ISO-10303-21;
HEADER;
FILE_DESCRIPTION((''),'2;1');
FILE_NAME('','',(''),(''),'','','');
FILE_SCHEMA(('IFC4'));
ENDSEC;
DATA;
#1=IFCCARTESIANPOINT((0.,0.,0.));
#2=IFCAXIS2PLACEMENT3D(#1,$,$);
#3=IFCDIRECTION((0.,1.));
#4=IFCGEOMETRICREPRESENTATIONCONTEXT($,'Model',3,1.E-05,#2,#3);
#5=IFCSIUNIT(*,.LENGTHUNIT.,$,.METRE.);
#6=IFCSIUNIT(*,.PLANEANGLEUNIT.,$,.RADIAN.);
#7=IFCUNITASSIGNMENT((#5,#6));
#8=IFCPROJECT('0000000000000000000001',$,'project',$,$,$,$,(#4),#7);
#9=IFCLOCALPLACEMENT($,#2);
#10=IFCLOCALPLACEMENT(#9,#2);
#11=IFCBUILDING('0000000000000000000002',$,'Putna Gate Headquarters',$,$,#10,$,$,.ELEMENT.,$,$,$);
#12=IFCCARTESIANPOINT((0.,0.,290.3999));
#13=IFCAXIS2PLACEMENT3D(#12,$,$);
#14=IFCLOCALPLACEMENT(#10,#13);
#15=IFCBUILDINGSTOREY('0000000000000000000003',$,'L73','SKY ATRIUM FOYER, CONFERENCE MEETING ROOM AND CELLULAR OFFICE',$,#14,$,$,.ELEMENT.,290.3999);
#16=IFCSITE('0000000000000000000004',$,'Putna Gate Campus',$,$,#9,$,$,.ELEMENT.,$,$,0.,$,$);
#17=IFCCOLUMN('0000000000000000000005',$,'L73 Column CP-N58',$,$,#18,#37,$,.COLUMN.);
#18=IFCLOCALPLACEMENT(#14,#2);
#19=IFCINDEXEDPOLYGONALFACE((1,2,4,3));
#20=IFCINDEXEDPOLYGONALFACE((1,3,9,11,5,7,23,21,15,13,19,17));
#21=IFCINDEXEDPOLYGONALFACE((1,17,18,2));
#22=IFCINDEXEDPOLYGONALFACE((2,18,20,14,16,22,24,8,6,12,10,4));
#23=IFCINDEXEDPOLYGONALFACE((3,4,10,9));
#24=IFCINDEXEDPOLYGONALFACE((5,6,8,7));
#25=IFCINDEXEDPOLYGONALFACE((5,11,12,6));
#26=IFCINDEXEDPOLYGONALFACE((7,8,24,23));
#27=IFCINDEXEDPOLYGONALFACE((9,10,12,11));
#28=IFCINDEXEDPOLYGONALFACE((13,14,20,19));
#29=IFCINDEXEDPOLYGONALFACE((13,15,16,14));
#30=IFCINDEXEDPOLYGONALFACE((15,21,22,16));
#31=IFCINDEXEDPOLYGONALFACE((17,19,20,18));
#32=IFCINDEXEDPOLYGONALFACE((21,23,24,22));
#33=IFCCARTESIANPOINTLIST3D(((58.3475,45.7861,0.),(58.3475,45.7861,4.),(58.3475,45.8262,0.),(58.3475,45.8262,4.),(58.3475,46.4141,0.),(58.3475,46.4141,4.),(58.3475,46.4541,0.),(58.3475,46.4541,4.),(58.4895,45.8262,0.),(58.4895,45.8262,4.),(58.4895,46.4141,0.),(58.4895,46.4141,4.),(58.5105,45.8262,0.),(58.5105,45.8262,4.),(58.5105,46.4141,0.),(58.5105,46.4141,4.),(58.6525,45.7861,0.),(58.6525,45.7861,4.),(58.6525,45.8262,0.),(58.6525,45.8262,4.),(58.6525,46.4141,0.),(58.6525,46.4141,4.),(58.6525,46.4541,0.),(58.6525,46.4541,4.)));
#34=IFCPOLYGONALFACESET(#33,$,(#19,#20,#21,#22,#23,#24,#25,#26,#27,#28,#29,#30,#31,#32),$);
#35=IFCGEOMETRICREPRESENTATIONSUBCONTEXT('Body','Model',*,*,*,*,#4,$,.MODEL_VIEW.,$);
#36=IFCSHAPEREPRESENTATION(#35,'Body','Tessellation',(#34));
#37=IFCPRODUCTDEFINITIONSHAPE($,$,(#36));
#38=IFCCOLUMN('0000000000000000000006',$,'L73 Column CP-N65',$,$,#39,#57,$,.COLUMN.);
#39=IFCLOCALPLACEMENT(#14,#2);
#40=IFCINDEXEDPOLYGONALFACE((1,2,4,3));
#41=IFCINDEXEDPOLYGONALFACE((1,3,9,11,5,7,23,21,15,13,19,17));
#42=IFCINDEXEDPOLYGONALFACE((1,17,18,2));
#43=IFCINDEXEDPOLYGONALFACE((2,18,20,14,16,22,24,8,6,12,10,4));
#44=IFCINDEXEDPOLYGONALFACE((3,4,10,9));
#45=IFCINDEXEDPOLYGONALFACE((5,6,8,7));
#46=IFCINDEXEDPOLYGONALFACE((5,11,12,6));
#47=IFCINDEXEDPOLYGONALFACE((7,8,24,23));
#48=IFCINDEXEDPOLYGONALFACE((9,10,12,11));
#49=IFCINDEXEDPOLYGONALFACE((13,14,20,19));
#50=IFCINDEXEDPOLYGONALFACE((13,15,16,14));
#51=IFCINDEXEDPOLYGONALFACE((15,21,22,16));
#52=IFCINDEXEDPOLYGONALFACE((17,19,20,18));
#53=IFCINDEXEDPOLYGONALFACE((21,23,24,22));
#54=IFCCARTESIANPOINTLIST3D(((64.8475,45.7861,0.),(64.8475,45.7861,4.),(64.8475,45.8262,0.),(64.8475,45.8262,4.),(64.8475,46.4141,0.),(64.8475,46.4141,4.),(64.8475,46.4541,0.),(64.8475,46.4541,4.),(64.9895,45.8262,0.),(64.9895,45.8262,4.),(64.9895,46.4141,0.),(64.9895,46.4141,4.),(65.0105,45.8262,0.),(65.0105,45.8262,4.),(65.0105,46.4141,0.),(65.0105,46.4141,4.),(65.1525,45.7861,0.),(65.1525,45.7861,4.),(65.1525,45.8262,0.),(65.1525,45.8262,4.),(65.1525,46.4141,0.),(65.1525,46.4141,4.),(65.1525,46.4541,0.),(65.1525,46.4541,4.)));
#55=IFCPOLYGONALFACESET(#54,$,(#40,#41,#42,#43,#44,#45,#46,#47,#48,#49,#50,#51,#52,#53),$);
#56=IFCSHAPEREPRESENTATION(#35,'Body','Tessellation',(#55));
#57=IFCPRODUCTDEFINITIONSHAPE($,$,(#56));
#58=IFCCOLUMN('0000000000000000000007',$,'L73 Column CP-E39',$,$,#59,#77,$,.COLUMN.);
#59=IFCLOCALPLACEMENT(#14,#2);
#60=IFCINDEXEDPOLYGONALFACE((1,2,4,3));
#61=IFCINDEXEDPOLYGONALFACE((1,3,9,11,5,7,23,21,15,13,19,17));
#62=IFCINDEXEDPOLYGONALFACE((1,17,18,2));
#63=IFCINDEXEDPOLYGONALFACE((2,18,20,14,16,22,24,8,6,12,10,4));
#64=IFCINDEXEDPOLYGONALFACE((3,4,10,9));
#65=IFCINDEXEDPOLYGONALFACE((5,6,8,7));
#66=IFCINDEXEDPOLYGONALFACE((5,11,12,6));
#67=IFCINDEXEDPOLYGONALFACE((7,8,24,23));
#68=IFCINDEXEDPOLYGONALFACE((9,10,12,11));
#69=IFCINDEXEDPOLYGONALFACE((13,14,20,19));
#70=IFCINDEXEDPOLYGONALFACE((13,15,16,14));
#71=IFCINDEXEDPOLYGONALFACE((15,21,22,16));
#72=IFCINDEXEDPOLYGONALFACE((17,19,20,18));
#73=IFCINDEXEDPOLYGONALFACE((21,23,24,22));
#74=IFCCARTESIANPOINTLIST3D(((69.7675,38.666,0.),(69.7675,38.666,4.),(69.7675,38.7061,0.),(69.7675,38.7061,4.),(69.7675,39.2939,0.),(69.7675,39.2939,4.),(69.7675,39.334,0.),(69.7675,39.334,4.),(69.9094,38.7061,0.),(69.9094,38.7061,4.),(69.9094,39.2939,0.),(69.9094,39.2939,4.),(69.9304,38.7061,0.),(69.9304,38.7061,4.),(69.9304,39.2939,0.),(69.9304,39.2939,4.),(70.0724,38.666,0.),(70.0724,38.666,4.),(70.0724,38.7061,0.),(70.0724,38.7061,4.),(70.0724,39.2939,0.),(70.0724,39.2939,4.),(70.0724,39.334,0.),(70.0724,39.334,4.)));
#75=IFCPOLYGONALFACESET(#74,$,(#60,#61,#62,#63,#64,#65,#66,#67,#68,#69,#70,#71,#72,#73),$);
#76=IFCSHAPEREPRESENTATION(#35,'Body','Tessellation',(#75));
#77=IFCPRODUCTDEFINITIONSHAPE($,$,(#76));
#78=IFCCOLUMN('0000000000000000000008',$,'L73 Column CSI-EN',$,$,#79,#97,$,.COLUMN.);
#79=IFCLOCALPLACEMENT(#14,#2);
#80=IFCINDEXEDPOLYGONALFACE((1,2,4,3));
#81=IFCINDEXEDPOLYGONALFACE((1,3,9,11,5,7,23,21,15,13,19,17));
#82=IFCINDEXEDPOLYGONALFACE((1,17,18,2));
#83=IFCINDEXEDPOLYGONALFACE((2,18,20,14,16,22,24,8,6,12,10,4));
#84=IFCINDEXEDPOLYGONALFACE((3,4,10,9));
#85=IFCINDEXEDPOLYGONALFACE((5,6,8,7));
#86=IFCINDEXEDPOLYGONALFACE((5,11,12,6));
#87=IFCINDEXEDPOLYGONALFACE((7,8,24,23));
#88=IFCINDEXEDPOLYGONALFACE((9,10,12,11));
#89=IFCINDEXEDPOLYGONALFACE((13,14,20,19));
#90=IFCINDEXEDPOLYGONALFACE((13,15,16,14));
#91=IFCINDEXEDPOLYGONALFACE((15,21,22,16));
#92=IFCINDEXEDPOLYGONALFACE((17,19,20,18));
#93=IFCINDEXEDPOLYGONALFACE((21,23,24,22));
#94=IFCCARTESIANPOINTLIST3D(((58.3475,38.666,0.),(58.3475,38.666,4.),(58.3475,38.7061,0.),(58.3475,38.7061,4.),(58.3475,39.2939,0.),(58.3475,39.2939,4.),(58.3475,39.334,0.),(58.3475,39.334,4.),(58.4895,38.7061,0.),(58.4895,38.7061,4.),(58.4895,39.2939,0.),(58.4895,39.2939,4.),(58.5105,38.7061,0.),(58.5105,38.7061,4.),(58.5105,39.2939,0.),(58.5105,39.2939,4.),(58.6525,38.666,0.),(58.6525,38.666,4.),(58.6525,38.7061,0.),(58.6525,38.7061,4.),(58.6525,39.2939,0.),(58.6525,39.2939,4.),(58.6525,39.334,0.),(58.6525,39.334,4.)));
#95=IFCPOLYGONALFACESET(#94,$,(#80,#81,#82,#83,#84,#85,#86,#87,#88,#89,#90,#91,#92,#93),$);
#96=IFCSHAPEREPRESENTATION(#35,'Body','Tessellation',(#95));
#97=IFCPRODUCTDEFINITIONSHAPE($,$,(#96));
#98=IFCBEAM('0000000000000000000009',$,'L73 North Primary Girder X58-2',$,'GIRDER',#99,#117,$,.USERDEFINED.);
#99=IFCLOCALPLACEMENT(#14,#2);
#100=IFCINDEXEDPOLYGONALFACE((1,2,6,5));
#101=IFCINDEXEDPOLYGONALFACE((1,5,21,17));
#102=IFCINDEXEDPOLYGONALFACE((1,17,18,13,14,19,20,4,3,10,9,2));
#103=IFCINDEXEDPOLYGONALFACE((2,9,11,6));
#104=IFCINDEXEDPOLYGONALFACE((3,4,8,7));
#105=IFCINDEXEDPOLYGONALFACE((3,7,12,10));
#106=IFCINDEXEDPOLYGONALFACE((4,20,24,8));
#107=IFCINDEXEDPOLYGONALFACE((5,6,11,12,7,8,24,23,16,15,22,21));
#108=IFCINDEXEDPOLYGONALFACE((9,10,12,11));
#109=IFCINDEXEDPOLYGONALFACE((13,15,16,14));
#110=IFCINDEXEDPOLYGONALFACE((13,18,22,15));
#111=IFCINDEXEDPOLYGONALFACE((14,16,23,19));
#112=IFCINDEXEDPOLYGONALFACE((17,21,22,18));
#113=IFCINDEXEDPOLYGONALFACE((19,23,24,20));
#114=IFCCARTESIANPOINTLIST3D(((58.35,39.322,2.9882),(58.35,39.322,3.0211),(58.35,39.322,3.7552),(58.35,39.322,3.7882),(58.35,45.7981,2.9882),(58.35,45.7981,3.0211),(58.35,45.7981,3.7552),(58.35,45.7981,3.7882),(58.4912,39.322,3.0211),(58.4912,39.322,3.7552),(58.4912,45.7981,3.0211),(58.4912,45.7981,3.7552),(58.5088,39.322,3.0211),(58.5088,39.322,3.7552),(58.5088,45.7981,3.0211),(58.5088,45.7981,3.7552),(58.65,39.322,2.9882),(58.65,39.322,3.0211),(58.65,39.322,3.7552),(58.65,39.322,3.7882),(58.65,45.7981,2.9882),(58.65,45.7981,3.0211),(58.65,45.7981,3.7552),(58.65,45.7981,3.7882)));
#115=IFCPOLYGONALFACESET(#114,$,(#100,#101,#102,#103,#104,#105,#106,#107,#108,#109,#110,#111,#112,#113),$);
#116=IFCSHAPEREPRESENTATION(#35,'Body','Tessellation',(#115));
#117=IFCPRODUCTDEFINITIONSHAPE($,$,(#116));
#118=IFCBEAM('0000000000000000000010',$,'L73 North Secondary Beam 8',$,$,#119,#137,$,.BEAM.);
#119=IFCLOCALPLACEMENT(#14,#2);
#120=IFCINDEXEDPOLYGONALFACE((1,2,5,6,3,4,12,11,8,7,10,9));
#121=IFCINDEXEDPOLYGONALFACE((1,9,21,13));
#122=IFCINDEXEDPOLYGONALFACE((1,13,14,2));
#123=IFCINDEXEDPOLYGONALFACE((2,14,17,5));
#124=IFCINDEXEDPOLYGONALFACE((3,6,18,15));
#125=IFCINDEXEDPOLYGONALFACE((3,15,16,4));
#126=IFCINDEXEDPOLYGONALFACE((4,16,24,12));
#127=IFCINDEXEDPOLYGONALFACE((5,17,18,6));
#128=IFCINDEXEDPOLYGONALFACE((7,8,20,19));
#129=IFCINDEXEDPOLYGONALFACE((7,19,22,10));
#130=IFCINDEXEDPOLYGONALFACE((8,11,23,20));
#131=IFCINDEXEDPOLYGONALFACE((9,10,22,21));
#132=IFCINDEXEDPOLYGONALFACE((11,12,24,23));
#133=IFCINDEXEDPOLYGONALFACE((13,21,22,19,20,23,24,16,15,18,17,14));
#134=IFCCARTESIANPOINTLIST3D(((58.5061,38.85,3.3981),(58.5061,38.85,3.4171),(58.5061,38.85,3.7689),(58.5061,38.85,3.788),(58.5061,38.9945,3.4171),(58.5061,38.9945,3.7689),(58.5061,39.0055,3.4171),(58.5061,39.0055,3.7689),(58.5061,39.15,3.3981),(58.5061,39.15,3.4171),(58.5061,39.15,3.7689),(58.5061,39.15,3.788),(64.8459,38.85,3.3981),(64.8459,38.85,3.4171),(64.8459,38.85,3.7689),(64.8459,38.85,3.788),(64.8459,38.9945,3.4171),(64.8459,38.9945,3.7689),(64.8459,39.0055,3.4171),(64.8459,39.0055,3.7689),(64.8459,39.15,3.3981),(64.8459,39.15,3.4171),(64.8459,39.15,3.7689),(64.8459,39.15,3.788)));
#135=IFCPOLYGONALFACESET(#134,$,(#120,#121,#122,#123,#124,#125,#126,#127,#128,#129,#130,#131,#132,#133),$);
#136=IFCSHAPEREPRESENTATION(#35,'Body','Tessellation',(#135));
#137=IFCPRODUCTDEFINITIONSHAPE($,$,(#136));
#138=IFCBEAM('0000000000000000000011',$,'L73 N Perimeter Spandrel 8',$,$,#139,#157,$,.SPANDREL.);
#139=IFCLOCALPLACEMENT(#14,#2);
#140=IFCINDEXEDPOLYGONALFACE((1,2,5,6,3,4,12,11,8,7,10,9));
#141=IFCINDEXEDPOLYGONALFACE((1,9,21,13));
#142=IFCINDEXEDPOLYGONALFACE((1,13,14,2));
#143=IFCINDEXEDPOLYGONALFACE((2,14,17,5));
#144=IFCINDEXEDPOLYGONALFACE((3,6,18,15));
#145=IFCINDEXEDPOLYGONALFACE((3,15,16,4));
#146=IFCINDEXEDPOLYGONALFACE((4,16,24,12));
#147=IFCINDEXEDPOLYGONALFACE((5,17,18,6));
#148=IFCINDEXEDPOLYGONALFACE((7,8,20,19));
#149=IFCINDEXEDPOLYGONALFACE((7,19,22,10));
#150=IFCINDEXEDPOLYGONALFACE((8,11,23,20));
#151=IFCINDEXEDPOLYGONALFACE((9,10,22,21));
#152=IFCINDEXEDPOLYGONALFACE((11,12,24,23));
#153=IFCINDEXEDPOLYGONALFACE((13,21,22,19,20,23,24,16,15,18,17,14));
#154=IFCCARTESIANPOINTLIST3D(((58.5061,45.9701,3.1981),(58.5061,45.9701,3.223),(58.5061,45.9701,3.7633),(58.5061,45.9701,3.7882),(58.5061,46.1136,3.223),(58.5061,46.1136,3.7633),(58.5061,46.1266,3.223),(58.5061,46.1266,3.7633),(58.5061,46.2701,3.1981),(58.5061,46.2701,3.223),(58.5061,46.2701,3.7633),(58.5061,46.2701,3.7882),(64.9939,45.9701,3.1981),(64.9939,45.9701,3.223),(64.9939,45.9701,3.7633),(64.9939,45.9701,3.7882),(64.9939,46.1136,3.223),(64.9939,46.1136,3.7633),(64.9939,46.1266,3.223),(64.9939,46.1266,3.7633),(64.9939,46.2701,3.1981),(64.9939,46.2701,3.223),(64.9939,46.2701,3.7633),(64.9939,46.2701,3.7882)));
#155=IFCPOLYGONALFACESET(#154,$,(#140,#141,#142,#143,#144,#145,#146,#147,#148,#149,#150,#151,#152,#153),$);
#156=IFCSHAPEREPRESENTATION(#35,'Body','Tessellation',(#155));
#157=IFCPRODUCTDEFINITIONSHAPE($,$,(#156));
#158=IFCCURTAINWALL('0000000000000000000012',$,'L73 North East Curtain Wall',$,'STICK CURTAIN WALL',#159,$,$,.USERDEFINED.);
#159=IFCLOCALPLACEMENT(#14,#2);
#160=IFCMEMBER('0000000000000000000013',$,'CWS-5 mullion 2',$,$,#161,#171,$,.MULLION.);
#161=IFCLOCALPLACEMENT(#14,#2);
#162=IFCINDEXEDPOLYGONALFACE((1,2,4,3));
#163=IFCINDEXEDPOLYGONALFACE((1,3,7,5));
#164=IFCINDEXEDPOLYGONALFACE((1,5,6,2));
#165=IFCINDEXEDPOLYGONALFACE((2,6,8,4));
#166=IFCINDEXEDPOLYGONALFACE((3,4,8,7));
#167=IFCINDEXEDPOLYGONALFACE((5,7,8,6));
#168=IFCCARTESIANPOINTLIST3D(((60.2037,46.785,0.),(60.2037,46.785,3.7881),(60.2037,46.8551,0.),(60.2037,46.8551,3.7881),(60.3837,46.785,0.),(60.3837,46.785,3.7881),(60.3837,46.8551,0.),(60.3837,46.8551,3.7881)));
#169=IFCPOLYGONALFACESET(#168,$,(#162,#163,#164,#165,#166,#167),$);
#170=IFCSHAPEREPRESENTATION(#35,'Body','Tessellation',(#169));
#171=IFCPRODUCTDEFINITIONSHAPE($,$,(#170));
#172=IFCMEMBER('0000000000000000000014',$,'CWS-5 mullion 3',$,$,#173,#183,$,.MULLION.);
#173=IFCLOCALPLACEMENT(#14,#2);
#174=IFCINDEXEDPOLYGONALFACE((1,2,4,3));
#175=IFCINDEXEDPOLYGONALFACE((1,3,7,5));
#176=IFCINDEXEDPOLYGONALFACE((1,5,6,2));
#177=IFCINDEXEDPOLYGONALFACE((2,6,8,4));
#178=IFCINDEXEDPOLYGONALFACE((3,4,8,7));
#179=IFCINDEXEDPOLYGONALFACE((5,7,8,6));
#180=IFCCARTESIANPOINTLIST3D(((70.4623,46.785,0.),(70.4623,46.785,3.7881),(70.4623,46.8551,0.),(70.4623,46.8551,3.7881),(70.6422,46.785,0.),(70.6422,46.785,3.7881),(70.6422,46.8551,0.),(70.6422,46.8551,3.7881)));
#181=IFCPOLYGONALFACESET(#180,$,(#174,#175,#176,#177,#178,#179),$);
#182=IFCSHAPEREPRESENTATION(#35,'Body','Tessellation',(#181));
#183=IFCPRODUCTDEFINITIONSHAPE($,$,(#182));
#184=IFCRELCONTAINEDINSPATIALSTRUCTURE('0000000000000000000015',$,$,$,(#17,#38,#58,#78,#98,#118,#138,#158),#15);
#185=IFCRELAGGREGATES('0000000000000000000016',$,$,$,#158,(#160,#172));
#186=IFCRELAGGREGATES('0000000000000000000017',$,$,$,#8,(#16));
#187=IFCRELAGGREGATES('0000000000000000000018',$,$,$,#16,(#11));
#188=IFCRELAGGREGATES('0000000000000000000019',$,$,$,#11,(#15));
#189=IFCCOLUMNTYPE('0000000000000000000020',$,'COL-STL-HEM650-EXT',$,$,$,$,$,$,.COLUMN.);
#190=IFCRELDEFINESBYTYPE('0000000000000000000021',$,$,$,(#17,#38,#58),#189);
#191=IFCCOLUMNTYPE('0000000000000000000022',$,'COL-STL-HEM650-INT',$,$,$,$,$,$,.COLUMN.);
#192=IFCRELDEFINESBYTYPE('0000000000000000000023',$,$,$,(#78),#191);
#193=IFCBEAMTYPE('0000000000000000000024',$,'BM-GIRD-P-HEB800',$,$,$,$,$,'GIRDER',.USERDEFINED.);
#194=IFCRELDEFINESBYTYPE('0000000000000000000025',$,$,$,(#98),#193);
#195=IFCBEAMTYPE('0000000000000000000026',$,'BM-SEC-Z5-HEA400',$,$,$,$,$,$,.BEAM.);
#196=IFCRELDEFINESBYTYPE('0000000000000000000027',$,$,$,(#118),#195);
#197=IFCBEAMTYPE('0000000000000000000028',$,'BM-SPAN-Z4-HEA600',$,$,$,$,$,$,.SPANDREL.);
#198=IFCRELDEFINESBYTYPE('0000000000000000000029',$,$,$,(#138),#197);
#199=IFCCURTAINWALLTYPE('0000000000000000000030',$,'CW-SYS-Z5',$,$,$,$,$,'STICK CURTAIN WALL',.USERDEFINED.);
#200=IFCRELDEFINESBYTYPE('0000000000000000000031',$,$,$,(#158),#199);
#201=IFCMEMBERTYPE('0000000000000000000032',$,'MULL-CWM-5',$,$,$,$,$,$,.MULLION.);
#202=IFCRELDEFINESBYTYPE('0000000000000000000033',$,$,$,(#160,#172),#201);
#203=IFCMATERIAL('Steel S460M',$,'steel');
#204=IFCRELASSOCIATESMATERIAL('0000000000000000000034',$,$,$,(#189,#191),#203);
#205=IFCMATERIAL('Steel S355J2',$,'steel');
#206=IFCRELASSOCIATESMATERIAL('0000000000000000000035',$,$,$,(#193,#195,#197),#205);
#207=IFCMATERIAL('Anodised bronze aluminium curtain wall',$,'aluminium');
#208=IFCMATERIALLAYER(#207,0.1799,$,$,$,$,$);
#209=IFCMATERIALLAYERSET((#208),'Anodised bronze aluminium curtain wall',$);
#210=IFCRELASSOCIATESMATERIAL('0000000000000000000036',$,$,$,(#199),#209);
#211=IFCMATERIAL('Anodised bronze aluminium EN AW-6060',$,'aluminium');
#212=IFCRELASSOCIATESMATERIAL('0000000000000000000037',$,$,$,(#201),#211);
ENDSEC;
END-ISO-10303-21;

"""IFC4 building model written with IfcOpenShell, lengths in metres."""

from ifc_helpers import new_model, si_unit, direction, frame, origin, origin_2d, place, context, subcontext, project, spatial, rectangle, i_section, extrude, material, layer, layer_set, material_profile, profile_set, type_object, element, aggregate, save


model = new_model("IFC4")

# Units and contexts
model_context = context("Model", 3, precision=1e-05, world=origin(), true_north=direction((0.0, 1.0)))
body_context = subcontext(model_context, "Body", "Model", "MODEL_VIEW")
ifc_project = project(units=[si_unit("LENGTHUNIT", "METRE"), si_unit("PLANEANGLEUNIT", "RADIAN")], contexts=[model_context])

# Site, building, storey
site_placement = place(None, origin())
site = spatial("IfcSite", under=ifc_project, at=site_placement, Name="Putna Gate Campus", CompositionType="ELEMENT", RefElevation=0.0)
building_placement = place(site_placement, origin())
building = spatial("IfcBuilding", under=site, at=building_placement, Name="Putna Gate Headquarters", CompositionType="ELEMENT")
storey_placement = place(building_placement, frame((0.0, 0.0, 290.3999)))
storey = spatial("IfcBuildingStorey", under=building, at=storey_placement, Name="L73", Description="SKY ATRIUM FOYER, CONFERENCE MEETING ROOM AND CELLULAR OFFICE", CompositionType="ELEMENT", Elevation=290.3999)

# Columns
ifc_material_1 = material(Name="Steel S460M", Category="steel")
ifc_material_profile_1 = material_profile(ifc_material_1, i_section(OverallWidth=0.3049, OverallDepth=0.668, WebThickness=0.021, FlangeThickness=0.04, at=origin_2d()), Name="Steel S460M")
ifc_profile_set_1 = profile_set([ifc_material_profile_1], Name="Steel S460M")
column_type_1 = type_object("IfcColumnType", Name="COL-STL-HEM650-EXT", PredefinedType="COLUMN", material=ifc_profile_set_1)
for number, where, z_axis, x_axis, name in (
    (1, (58.5, 46.1201, 0.0), (0.0, 0.0, 1.0), (1.0, 0.0, 0.0), "L73 Column CP-N58"),
    (2, (65.0, 46.1201, 0.0), (0.0, 0.0, 1.0), (1.0, 0.0, 0.0), "L73 Column CP-N65"),
    (3, (69.9199, 39.0, 0.0), (0.0, 0.0, 1.0), (1.0, 0.0, 0.0), "L73 Column CP-E39"),
):
    element("IfcColumn", number, at=place(storey_placement, frame(where, z_axis=z_axis, x_axis=x_axis)), inside=storey, type_object=column_type_1, Name=name, PredefinedType="COLUMN", context=body_context, shape_type="SweptSolid", body=[
        extrude(i_section(OverallWidth=0.3049, OverallDepth=0.668, WebThickness=0.021, FlangeThickness=0.04, at=origin_2d()), origin(), (0.0, 0.0, 1.0), 4.0),
    ])
ifc_material_profile_2 = material_profile(ifc_material_1, i_section(OverallWidth=0.3049, OverallDepth=0.668, WebThickness=0.021, FlangeThickness=0.04, at=origin_2d()), Name="Steel S460M")
ifc_profile_set_2 = profile_set([ifc_material_profile_2], Name="Steel S460M")
column_type_2 = type_object("IfcColumnType", Name="COL-STL-HEM650-INT", PredefinedType="COLUMN", material=ifc_profile_set_2)
column_placement = place(storey_placement, frame((58.5, 39.0, 0.0), z_axis=(0.0, 0.0, 1.0), x_axis=(1.0, 0.0, 0.0)))
element("IfcColumn", 4, at=column_placement, inside=storey, type_object=column_type_2, Name="L73 Column CSI-EN", PredefinedType="COLUMN", context=body_context, shape_type="SweptSolid", body=[
    extrude(i_section(OverallWidth=0.3049, OverallDepth=0.668, WebThickness=0.021, FlangeThickness=0.04, at=origin_2d()), origin(), (0.0, 0.0, 1.0), 4.0),
])

# Beams
ifc_material_2 = material(Name="Steel S355J2", Category="steel")
ifc_material_profile_3 = material_profile(ifc_material_2, i_section(OverallWidth=0.3, OverallDepth=0.8, WebThickness=0.0176, FlangeThickness=0.033, at=origin_2d()), Name="Steel S355J2")
ifc_profile_set_3 = profile_set([ifc_material_profile_3], Name="Steel S355J2")
beam_type_1 = type_object("IfcBeamType", Name="BM-GIRD-P-HEB800", ElementType="GIRDER", PredefinedType="USERDEFINED", material=ifc_profile_set_3)
beam_1_placement = place(storey_placement, frame((58.5, 39.322, 3.3882), z_axis=(0.0, 1.0, 0.0), x_axis=(-1.0, 0.0, 0.0)))
element("IfcBeam", 5, at=beam_1_placement, inside=storey, type_object=beam_type_1, Name="L73 North Primary Girder X58-2", ObjectType="GIRDER", PredefinedType="USERDEFINED", context=body_context, shape_type="SweptSolid", body=[
    extrude(i_section(OverallWidth=0.3, OverallDepth=0.8, WebThickness=0.0176, FlangeThickness=0.033, at=origin_2d()), origin(), (0.0, 0.0, 1.0), 6.4761),
])
ifc_material_profile_4 = material_profile(ifc_material_2, i_section(OverallWidth=0.3, OverallDepth=0.3899, WebThickness=0.011, FlangeThickness=0.019, at=origin_2d()), Name="Steel S355J2")
ifc_profile_set_4 = profile_set([ifc_material_profile_4], Name="Steel S355J2")
beam_type_2 = type_object("IfcBeamType", Name="BM-SEC-Z5-HEA400", PredefinedType="BEAM", material=ifc_profile_set_4)
beam_2_placement = place(storey_placement, frame((58.5061, 39.0, 3.593), z_axis=(1.0, 0.0, 0.0), x_axis=(0.0, 1.0, 0.0)))
element("IfcBeam", 6, at=beam_2_placement, inside=storey, type_object=beam_type_2, Name="L73 North Secondary Beam 8", PredefinedType="BEAM", context=body_context, shape_type="SweptSolid", body=[
    extrude(i_section(OverallWidth=0.3, OverallDepth=0.3899, WebThickness=0.011, FlangeThickness=0.019, at=origin_2d()), origin(), (0.0, 0.0, 1.0), 6.3398),
])
ifc_material_profile_5 = material_profile(ifc_material_2, i_section(OverallWidth=0.3, OverallDepth=0.5901, WebThickness=0.0129, FlangeThickness=0.0249, at=origin_2d()), Name="Steel S355J2")
ifc_profile_set_5 = profile_set([ifc_material_profile_5], Name="Steel S355J2")
beam_type_3 = type_object("IfcBeamType", Name="BM-SPAN-Z4-HEA600", PredefinedType="SPANDREL", material=ifc_profile_set_5)
beam_3_placement = place(storey_placement, frame((58.5061, 46.1201, 3.4932), z_axis=(1.0, 0.0, 0.0), x_axis=(0.0, 1.0, 0.0)))
element("IfcBeam", 7, at=beam_3_placement, inside=storey, type_object=beam_type_3, Name="L73 N Perimeter Spandrel 8", PredefinedType="SPANDREL", context=body_context, shape_type="SweptSolid", body=[
    extrude(i_section(OverallWidth=0.3, OverallDepth=0.5901, WebThickness=0.0129, FlangeThickness=0.0249, at=origin_2d()), origin(), (0.0, 0.0, 1.0), 6.4878),
])

# Curtain wall, members
ifc_material_3 = material(Name="Anodised bronze aluminium curtain wall", Category="aluminium")
ifc_layer_1 = layer(ifc_material_3, 0.1799)
ifc_layer_set_1 = layer_set([ifc_layer_1], Name="Anodised bronze aluminium curtain wall")
curtain_wall_type = type_object("IfcCurtainWallType", Name="CW-SYS-Z5", ElementType="STICK CURTAIN WALL", PredefinedType="USERDEFINED", material=ifc_layer_set_1)
curtain_wall_1_placement = place(storey_placement, origin())
curtain_wall_1 = element("IfcCurtainWall", 8, at=curtain_wall_1_placement, inside=storey, type_object=curtain_wall_type, Name="L73 North East Curtain Wall", ObjectType="STICK CURTAIN WALL", PredefinedType="USERDEFINED")
ifc_material_4 = material(Name="Anodised bronze aluminium EN AW-6060", Category="aluminium")
ifc_material_profile_6 = material_profile(ifc_material_4, rectangle(XDim=0.0701, YDim=0.1799, at=origin_2d()), Name="Anodised bronze aluminium EN AW-6060")
ifc_profile_set_6 = profile_set([ifc_material_profile_6], Name="Anodised bronze aluminium EN AW-6060")
member_type_1 = type_object("IfcMemberType", Name="MULL-CWM-5", PredefinedType="MULLION", material=ifc_profile_set_6)
member_1_placement = place(storey_placement, frame((60.2937, 46.8201, 0.0), z_axis=(0.0, 0.0, 1.0), x_axis=(0.0, 1.0, 0.0)))
member_1 = element("IfcMember", 9, at=member_1_placement, type_object=member_type_1, Name="CWS-5 mullion 2", PredefinedType="MULLION", context=body_context, shape_type="SweptSolid", body=[
    extrude(rectangle(XDim=0.0701, YDim=0.1799, at=origin_2d()), origin(), (0.0, 0.0, 1.0), 3.7881),
])
member_2_placement = place(storey_placement, frame((70.5522, 46.8201, 0.0), z_axis=(0.0, 0.0, 1.0), x_axis=(0.0, 1.0, 0.0)))
member_2 = element("IfcMember", 10, at=member_2_placement, type_object=member_type_1, Name="CWS-5 mullion 3", PredefinedType="MULLION", context=body_context, shape_type="SweptSolid", body=[
    extrude(rectangle(XDim=0.0701, YDim=0.1799, at=origin_2d()), origin(), (0.0, 0.0, 1.0), 3.7881),
])

aggregate(curtain_wall_1, [member_1, member_2])

save(model, "model.ifc")
